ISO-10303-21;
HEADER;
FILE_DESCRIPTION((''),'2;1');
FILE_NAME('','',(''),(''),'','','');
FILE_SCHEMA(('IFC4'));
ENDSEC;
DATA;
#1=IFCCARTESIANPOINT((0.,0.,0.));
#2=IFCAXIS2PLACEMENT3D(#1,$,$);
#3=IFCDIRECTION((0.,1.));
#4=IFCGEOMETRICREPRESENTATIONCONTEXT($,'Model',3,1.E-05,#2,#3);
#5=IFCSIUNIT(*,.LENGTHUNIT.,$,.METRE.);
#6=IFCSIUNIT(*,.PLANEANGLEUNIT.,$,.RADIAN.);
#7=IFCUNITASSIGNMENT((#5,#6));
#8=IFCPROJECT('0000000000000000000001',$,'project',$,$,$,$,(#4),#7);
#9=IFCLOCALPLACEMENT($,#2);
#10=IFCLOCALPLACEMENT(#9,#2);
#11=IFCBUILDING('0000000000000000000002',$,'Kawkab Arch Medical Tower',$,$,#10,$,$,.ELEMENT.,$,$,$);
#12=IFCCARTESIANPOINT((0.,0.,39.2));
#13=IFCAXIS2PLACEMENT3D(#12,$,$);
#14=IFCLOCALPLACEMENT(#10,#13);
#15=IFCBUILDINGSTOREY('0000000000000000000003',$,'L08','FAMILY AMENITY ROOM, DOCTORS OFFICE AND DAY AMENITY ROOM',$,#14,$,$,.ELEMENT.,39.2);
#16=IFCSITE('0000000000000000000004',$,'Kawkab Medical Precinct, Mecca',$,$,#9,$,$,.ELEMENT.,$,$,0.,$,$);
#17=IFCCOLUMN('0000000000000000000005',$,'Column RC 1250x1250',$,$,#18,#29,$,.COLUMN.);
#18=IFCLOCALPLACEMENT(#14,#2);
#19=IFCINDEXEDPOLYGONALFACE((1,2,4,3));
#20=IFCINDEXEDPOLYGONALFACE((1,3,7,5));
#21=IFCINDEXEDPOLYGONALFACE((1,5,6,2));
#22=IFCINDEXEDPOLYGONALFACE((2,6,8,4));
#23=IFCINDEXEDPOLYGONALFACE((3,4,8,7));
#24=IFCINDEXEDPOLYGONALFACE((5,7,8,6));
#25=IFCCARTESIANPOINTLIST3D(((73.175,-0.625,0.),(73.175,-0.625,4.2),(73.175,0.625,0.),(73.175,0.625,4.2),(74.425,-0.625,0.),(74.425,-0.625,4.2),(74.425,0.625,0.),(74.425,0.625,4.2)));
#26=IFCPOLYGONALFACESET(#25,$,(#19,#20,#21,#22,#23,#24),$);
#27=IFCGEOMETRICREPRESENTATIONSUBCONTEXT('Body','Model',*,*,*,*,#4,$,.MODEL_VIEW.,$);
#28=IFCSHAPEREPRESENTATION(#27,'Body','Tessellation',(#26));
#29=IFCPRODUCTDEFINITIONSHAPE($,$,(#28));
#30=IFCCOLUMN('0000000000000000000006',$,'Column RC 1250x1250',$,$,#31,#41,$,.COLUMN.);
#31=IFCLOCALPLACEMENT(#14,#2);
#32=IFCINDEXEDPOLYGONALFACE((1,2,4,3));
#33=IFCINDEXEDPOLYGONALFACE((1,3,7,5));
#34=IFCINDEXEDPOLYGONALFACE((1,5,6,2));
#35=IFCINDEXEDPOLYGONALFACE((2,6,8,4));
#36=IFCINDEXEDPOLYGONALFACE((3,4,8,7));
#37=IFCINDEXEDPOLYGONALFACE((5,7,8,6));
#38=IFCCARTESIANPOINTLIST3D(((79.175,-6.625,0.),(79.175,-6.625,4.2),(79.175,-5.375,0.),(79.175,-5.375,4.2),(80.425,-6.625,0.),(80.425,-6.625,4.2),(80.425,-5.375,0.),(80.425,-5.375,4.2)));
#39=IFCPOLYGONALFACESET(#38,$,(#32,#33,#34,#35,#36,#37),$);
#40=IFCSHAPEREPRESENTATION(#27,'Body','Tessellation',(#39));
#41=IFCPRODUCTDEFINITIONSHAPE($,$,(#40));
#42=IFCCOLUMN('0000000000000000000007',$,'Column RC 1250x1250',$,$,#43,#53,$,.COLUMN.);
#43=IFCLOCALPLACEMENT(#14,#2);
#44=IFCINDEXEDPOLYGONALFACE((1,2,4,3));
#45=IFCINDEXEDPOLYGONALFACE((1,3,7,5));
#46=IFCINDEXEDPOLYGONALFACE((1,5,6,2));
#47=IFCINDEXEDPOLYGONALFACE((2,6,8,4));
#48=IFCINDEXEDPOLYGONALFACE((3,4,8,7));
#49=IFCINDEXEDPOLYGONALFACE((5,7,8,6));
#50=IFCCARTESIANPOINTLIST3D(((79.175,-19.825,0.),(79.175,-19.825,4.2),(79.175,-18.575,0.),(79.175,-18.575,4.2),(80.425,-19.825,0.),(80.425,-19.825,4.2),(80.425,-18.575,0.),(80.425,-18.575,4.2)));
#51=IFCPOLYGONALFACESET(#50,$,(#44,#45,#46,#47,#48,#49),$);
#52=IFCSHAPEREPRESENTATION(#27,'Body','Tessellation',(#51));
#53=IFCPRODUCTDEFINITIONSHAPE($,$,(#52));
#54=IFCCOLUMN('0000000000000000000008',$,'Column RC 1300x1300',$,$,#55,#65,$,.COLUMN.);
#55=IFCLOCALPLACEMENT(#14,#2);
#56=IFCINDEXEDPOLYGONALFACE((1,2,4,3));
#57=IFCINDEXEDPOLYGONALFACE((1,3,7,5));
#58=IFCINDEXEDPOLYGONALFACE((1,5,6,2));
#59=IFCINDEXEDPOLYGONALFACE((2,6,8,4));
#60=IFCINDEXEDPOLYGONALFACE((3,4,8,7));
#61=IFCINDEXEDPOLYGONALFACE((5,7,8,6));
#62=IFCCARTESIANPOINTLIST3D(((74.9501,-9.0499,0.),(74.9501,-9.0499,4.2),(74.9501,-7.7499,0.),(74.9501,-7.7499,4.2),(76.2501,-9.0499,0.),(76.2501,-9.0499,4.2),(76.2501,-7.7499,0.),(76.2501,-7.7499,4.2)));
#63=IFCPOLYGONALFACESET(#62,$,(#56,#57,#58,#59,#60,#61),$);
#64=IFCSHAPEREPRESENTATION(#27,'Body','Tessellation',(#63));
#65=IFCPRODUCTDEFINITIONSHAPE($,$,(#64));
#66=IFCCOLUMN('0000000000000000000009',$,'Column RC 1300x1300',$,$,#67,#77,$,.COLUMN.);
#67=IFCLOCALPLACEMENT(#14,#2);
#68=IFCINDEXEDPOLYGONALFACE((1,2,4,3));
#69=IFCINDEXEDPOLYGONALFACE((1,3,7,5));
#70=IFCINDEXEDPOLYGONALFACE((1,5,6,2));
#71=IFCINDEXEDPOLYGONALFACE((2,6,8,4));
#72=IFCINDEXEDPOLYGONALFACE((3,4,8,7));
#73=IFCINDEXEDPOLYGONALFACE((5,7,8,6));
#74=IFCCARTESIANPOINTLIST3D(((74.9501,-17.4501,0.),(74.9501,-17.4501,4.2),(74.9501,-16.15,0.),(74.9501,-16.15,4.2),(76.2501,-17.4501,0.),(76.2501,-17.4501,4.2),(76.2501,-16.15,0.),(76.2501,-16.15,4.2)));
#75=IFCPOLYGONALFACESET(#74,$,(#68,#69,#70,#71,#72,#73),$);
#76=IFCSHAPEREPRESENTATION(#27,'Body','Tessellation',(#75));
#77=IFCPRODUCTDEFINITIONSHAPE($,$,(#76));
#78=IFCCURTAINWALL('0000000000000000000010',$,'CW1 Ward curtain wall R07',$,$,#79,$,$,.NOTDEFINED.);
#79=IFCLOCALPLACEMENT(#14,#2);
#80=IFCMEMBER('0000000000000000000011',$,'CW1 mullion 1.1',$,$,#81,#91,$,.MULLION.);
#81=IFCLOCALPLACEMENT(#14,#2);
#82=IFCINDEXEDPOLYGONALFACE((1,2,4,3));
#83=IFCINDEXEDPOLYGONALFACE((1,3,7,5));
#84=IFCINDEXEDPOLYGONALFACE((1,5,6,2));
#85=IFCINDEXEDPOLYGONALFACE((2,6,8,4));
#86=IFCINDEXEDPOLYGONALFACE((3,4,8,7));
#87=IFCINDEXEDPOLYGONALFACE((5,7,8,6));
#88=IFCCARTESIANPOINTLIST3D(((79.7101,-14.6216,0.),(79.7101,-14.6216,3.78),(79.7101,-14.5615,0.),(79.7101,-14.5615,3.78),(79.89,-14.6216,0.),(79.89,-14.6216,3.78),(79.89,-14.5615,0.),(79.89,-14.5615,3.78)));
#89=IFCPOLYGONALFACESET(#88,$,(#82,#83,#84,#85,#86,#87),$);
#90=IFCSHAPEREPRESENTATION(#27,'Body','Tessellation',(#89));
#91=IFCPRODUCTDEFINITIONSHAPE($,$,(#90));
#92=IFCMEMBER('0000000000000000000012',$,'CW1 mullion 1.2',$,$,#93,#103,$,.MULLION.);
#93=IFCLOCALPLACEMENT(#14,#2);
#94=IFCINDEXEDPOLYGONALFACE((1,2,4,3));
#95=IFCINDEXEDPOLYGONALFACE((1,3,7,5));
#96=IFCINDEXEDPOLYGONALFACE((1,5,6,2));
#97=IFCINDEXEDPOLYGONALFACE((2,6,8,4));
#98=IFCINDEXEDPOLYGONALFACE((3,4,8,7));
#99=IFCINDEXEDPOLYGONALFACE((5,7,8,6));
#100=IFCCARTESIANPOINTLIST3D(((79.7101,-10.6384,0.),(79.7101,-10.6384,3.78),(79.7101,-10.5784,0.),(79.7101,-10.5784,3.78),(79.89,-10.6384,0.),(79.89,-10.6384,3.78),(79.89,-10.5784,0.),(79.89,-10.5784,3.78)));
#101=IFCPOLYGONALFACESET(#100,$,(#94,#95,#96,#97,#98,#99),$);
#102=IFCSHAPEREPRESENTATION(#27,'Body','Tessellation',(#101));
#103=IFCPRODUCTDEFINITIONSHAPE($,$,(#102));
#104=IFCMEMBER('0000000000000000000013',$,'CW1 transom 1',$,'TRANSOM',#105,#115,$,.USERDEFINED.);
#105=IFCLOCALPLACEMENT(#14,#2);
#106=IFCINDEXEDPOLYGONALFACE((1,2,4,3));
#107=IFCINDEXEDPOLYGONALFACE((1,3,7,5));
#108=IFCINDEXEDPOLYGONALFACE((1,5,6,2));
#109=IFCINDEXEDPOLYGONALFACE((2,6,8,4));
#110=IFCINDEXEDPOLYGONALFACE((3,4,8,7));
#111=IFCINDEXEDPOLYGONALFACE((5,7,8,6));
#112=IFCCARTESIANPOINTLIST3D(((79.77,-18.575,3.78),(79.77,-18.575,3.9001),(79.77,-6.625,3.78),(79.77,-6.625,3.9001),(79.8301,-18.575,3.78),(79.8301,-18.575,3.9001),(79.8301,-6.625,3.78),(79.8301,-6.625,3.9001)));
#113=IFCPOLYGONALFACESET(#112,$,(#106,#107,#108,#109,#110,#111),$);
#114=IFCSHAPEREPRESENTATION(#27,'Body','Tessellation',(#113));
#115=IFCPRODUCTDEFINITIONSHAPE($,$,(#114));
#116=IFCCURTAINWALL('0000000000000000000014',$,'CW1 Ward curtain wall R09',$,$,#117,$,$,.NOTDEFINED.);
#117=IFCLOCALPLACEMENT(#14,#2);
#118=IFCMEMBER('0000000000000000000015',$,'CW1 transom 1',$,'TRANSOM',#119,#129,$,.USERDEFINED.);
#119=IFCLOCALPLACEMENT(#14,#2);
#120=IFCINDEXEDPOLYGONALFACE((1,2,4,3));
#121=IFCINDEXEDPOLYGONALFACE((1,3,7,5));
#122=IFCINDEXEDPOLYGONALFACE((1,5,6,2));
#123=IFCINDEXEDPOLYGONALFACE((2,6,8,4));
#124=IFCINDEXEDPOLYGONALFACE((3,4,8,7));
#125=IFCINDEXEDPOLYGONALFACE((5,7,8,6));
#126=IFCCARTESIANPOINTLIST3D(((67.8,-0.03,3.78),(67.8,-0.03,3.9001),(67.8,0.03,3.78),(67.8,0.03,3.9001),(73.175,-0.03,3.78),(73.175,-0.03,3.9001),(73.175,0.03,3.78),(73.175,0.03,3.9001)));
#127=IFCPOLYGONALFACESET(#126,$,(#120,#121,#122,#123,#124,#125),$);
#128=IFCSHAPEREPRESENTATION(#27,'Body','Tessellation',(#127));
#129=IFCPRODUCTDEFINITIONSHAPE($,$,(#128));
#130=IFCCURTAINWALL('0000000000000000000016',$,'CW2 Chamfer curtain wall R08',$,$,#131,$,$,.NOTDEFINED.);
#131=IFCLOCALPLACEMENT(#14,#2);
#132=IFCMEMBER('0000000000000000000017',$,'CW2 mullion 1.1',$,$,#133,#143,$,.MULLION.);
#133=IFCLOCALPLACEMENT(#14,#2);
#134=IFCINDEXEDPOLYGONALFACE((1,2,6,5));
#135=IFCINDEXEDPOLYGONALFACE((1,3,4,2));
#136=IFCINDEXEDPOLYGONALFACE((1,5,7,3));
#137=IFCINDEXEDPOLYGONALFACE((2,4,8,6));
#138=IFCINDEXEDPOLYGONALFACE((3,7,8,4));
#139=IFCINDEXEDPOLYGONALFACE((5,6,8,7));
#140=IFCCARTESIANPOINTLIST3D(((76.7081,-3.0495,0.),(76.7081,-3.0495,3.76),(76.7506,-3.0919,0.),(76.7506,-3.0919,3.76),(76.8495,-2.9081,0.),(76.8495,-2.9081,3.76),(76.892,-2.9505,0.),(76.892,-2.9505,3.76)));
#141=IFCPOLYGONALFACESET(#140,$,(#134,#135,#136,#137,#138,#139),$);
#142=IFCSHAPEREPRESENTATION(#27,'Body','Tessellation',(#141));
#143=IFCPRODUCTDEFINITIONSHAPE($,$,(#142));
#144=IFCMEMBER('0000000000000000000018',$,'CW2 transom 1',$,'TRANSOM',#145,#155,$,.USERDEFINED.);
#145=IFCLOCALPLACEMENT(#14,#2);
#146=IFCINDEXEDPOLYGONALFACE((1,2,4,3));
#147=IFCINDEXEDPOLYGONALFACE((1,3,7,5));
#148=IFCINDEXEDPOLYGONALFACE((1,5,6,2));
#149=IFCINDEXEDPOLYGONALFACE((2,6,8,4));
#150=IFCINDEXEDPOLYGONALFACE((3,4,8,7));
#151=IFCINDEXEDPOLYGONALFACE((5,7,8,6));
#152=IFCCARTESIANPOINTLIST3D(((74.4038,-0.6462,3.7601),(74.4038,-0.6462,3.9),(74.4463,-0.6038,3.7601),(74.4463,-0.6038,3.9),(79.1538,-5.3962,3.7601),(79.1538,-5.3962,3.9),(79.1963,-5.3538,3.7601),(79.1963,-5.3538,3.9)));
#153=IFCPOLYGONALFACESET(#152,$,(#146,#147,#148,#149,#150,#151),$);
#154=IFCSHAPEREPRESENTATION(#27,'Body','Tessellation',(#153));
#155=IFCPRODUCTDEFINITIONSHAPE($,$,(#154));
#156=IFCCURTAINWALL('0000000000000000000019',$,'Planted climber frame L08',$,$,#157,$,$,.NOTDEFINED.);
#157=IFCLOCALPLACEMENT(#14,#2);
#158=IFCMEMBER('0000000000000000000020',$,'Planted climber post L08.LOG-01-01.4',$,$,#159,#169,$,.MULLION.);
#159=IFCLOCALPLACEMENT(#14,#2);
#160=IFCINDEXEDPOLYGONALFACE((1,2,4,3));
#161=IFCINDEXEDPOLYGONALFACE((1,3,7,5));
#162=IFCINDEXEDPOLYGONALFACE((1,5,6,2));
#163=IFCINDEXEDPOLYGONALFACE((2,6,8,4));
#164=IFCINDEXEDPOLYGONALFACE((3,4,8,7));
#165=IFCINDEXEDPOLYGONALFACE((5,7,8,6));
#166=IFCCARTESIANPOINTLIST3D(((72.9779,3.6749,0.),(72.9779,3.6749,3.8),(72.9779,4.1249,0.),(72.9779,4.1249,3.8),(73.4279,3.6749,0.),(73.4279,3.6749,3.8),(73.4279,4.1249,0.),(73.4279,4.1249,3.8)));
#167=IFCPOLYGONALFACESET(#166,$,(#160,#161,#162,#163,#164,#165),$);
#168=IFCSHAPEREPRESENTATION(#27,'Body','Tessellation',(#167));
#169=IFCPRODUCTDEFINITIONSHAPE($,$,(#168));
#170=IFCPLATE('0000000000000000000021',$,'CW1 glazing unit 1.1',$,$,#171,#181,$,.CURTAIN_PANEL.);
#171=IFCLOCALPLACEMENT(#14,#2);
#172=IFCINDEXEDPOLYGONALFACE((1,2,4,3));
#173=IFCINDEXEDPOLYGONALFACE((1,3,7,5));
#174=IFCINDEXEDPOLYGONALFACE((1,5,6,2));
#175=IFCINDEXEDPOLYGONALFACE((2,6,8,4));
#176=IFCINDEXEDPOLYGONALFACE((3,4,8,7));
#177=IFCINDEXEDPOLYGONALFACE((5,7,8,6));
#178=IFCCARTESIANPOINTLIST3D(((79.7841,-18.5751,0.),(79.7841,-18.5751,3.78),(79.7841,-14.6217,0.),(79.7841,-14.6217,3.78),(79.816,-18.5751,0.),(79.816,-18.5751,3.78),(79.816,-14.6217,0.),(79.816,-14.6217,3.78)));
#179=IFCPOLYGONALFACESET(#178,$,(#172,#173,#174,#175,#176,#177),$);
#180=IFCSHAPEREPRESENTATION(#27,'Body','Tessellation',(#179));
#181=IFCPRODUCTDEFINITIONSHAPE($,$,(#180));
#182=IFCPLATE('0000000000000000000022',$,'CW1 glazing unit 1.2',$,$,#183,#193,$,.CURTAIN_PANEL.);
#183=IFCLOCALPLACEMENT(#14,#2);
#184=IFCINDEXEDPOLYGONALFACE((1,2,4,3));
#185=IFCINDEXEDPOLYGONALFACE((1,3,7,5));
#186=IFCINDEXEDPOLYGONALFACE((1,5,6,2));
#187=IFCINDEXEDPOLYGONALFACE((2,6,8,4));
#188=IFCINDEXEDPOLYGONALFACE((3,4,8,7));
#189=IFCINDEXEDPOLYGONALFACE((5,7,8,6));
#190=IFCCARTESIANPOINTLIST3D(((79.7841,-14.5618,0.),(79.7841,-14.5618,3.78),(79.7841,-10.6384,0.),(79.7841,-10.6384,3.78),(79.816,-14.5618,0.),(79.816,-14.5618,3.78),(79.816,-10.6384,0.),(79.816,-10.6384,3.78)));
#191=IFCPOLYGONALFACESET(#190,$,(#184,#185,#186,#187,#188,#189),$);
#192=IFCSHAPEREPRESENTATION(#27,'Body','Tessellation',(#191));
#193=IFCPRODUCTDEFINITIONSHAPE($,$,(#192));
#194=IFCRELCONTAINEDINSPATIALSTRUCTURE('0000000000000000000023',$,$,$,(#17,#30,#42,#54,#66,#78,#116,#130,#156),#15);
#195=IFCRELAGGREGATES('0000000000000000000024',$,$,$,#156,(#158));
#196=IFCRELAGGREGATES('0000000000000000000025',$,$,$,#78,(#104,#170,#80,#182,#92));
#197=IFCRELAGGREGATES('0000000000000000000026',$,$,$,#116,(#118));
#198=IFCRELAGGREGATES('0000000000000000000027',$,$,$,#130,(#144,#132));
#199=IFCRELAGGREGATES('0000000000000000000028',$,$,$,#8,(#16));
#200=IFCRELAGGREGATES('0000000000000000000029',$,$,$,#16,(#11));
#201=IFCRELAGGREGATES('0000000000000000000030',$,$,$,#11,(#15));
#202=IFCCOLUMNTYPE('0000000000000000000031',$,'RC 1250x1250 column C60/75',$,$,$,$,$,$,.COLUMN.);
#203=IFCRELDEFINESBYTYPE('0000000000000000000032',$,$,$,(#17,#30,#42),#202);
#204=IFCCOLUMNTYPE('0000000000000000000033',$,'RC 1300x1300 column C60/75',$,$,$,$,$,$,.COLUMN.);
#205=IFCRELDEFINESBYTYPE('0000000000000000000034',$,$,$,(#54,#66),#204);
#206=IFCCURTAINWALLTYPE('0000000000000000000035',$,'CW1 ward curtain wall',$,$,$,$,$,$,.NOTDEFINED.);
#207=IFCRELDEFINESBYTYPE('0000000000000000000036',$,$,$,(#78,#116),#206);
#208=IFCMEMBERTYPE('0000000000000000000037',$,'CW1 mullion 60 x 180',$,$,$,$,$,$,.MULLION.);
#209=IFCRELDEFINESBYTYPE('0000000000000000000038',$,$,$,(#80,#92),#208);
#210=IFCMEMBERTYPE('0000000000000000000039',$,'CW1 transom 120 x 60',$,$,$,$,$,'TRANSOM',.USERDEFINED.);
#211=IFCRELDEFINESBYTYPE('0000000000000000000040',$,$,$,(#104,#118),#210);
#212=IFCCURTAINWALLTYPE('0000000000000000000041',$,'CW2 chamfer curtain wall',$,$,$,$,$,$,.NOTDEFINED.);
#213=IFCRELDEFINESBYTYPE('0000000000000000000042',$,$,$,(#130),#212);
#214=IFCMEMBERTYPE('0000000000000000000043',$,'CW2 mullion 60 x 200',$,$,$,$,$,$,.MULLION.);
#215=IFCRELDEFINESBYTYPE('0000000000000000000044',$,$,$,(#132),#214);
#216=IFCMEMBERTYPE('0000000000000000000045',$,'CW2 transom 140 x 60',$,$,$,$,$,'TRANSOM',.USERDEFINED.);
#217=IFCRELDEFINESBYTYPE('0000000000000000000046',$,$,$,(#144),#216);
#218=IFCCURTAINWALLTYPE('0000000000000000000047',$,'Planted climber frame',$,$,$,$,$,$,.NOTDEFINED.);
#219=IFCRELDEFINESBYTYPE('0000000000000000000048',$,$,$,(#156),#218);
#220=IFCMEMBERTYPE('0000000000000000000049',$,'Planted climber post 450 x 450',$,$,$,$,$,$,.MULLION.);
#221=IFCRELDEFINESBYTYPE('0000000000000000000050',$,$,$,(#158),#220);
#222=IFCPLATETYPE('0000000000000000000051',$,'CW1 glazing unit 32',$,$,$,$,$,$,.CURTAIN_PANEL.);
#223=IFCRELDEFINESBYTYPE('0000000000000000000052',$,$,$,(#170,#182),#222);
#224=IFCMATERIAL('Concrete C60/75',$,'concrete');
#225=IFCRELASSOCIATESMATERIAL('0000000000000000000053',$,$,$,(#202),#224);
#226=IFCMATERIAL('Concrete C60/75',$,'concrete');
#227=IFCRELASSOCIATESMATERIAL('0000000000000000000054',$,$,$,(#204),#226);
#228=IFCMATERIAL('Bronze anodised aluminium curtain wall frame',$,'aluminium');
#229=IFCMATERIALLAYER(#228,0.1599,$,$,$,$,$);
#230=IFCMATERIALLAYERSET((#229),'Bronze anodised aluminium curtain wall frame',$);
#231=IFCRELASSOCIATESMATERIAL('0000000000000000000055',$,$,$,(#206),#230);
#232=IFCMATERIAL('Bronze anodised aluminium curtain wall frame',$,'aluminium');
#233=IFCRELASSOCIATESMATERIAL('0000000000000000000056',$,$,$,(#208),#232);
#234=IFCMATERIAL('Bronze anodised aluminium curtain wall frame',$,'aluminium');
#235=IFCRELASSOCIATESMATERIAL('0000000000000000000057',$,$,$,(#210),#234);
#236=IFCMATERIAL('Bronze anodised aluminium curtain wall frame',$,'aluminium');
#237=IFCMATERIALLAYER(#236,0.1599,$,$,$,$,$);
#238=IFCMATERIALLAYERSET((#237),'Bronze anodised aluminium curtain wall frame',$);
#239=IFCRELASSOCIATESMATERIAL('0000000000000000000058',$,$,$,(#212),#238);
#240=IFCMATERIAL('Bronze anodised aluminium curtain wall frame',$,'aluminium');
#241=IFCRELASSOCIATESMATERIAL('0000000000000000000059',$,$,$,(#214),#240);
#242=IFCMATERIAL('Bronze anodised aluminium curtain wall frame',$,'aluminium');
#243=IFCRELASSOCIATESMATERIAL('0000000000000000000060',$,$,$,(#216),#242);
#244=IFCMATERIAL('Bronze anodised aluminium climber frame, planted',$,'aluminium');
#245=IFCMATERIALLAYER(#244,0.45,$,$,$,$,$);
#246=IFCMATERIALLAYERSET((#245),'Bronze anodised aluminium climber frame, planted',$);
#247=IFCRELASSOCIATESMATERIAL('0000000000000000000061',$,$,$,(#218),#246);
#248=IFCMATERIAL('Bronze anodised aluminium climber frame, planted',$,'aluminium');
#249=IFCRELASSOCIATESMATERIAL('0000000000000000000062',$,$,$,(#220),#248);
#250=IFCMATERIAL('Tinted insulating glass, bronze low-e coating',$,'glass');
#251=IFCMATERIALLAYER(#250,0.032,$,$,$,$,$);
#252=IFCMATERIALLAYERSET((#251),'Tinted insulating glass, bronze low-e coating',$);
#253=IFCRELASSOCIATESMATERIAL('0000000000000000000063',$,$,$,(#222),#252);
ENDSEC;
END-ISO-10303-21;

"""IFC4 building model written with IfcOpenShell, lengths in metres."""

from ifc_helpers import new_model, si_unit, direction, frame, origin, origin_2d, place, context, subcontext, project, spatial, rectangle, extrude, material, layer, layer_set, material_profile, profile_set, type_object, element, aggregate, save


model = new_model("IFC4")

# Units and contexts
model_context = context("Model", 3, precision=1e-05, world=origin(), true_north=direction((0.0, 1.0)))
body_context = subcontext(model_context, "Body", "Model", "MODEL_VIEW")
ifc_project = project(units=[si_unit("LENGTHUNIT", "METRE"), si_unit("PLANEANGLEUNIT", "RADIAN")], contexts=[model_context])

# Site, building, storey
site_placement = place(None, origin())
site = spatial("IfcSite", under=ifc_project, at=site_placement, Name="Kawkab Medical Precinct, Mecca", CompositionType="ELEMENT", RefElevation=0.0)
building_placement = place(site_placement, origin())
building = spatial("IfcBuilding", under=site, at=building_placement, Name="Kawkab Arch Medical Tower", CompositionType="ELEMENT")
storey_placement = place(building_placement, frame((0.0, 0.0, 39.2)))
storey = spatial("IfcBuildingStorey", under=building, at=storey_placement, Name="L08", Description="FAMILY AMENITY ROOM, DOCTORS OFFICE AND DAY AMENITY ROOM", CompositionType="ELEMENT", Elevation=39.2)

# Columns
ifc_material_1 = material(Name="Concrete C60/75", Category="concrete")
ifc_material_profile_1 = material_profile(ifc_material_1, rectangle(XDim=1.25, YDim=1.25, at=origin_2d()), Name="RC 1250x1250")
ifc_profile_set_1 = profile_set([ifc_material_profile_1], Name="Concrete C60/75")
column_type_1 = type_object("IfcColumnType", Name="RC 1250x1250 column C60/75", PredefinedType="COLUMN", material=ifc_profile_set_1)
for number, where, z_axis, x_axis, name in (
    (1, (73.8, 0.0, 0.0), (0.0, 0.0, 1.0), (1.0, 0.0, 0.0), "Column RC 1250x1250"),
    (2, (79.8, -6.0, 0.0), (0.0, 0.0, 1.0), (1.0, 0.0, 0.0), "Column RC 1250x1250"),
    (3, (79.8, -19.2, 0.0), (0.0, 0.0, 1.0), (1.0, 0.0, 0.0), "Column RC 1250x1250"),
):
    element("IfcColumn", number, at=place(storey_placement, frame(where, z_axis=z_axis, x_axis=x_axis)), inside=storey, type_object=column_type_1, Name=name, PredefinedType="COLUMN", context=body_context, shape_type="SweptSolid", body=[
        extrude(rectangle(XDim=1.25, YDim=1.25, at=origin_2d()), origin(), (0.0, 0.0, 1.0), 4.2),
    ])
ifc_material_2 = material(Name="Concrete C60/75", Category="concrete")
ifc_material_profile_2 = material_profile(ifc_material_2, rectangle(XDim=1.3, YDim=1.3, at=origin_2d()), Name="RC 1300x1300")
ifc_profile_set_2 = profile_set([ifc_material_profile_2], Name="Concrete C60/75")
column_type_2 = type_object("IfcColumnType", Name="RC 1300x1300 column C60/75", PredefinedType="COLUMN", material=ifc_profile_set_2)
for number, where, z_axis, x_axis, name in (
    (4, (75.6001, -8.3999, 0.0), (0.0, 0.0, 1.0), (1.0, 0.0, 0.0), "Column RC 1300x1300"),
    (5, (75.6001, -16.8, 0.0), (0.0, 0.0, 1.0), (1.0, 0.0, 0.0), "Column RC 1300x1300"),
):
    element("IfcColumn", number, at=place(storey_placement, frame(where, z_axis=z_axis, x_axis=x_axis)), inside=storey, type_object=column_type_2, Name=name, PredefinedType="COLUMN", context=body_context, shape_type="SweptSolid", body=[
        extrude(rectangle(XDim=1.3, YDim=1.3, at=origin_2d()), origin(), (0.0, 0.0, 1.0), 4.2),
    ])

# Curtain wall, members
ifc_material_3 = material(Name="Bronze anodised aluminium curtain wall frame", Category="aluminium")
ifc_layer_1 = layer(ifc_material_3, 0.1599)
ifc_layer_set_1 = layer_set([ifc_layer_1], Name="Bronze anodised aluminium curtain wall frame")
curtain_wall_type_1 = type_object("IfcCurtainWallType", Name="CW1 ward curtain wall", PredefinedType="NOTDEFINED", material=ifc_layer_set_1)
placement = place(storey_placement, origin())
curtain_wall_1 = element("IfcCurtainWall", 6, at=placement, inside=storey, type_object=curtain_wall_type_1, Name="CW1 Ward curtain wall R07", PredefinedType="NOTDEFINED")
ifc_material_4 = material(Name="Bronze anodised aluminium curtain wall frame", Category="aluminium")
ifc_material_profile_3 = material_profile(ifc_material_4, rectangle(XDim=0.1799, YDim=0.0601, at=origin_2d()), Name="AL 60x180")
ifc_profile_set_3 = profile_set([ifc_material_profile_3], Name="Bronze anodised aluminium curtain wall frame")
member_type_1 = type_object("IfcMemberType", Name="CW1 mullion 60 x 180", PredefinedType="MULLION", material=ifc_profile_set_3)
member_1_placement = place(storey_placement, frame((79.8, -14.5916, 0.0), z_axis=(0.0, 0.0, 1.0), x_axis=(-1.0, 0.0, 0.0)))
member_1 = element("IfcMember", 7, at=member_1_placement, type_object=member_type_1, Name="CW1 mullion 1.1", PredefinedType="MULLION", context=body_context, shape_type="SweptSolid", body=[
    extrude(rectangle(XDim=0.1799, YDim=0.0601, at=origin_2d()), origin(), (0.0, 0.0, 1.0), 3.78),
])
member_2_placement = place(storey_placement, frame((79.8, -10.6084, 0.0), z_axis=(0.0, 0.0, 1.0), x_axis=(-1.0, 0.0, 0.0)))
member_2 = element("IfcMember", 8, at=member_2_placement, type_object=member_type_1, Name="CW1 mullion 1.2", PredefinedType="MULLION", context=body_context, shape_type="SweptSolid", body=[
    extrude(rectangle(XDim=0.1799, YDim=0.0601, at=origin_2d()), origin(), (0.0, 0.0, 1.0), 3.78),
])
ifc_material_5 = material(Name="Bronze anodised aluminium curtain wall frame", Category="aluminium")
ifc_material_profile_4 = material_profile(ifc_material_5, rectangle(XDim=0.0601, YDim=0.1201, at=origin_2d()), Name="AL 60x120")
ifc_profile_set_4 = profile_set([ifc_material_profile_4], Name="Bronze anodised aluminium curtain wall frame")
member_type_2 = type_object("IfcMemberType", Name="CW1 transom 120 x 60", ElementType="TRANSOM", PredefinedType="USERDEFINED", material=ifc_profile_set_4)
member_3_placement = place(storey_placement, frame((79.8, -18.575, 3.8401), z_axis=(0.0, 1.0, 0.0), x_axis=(-1.0, 0.0, 0.0)))
member_3 = element("IfcMember", 9, at=member_3_placement, type_object=member_type_2, Name="CW1 transom 1", ObjectType="TRANSOM", PredefinedType="USERDEFINED", context=body_context, shape_type="SweptSolid", body=[
    extrude(rectangle(XDim=0.0601, YDim=0.1201, at=origin_2d()), origin(), (0.0, 0.0, 1.0), 11.95),
])

# Curtain wall, member
curtain_wall_2 = element("IfcCurtainWall", 10, at=placement, inside=storey, type_object=curtain_wall_type_1, Name="CW1 Ward curtain wall R09", PredefinedType="NOTDEFINED")
member_4_placement = place(storey_placement, frame((73.175, 0.0, 3.8401), z_axis=(-1.0, 0.0, 0.0), x_axis=(0.0, -1.0, 0.0)))
member_4 = element("IfcMember", 11, at=member_4_placement, type_object=member_type_2, Name="CW1 transom 1", ObjectType="TRANSOM", PredefinedType="USERDEFINED", context=body_context, shape_type="SweptSolid", body=[
    extrude(rectangle(XDim=0.0601, YDim=0.1201, at=origin_2d()), origin(), (0.0, 0.0, 1.0), 5.375),
])

# Curtain wall, members
ifc_material_6 = material(Name="Bronze anodised aluminium curtain wall frame", Category="aluminium")
ifc_layer_2 = layer(ifc_material_6, 0.1599)
ifc_layer_set_2 = layer_set([ifc_layer_2], Name="Bronze anodised aluminium curtain wall frame")
curtain_wall_type_2 = type_object("IfcCurtainWallType", Name="CW2 chamfer curtain wall", PredefinedType="NOTDEFINED", material=ifc_layer_set_2)
curtain_wall_3 = element("IfcCurtainWall", 12, at=placement, inside=storey, type_object=curtain_wall_type_2, Name="CW2 Chamfer curtain wall R08", PredefinedType="NOTDEFINED")
ifc_material_7 = material(Name="Bronze anodised aluminium curtain wall frame", Category="aluminium")
ifc_material_profile_5 = material_profile(ifc_material_7, rectangle(XDim=0.2, YDim=0.0601, at=origin_2d()), Name="AL 60x200")
ifc_profile_set_5 = profile_set([ifc_material_profile_5], Name="Bronze anodised aluminium curtain wall frame")
member_type_3 = type_object("IfcMemberType", Name="CW2 mullion 60 x 200", PredefinedType="MULLION", material=ifc_profile_set_5)
member_5_placement = place(storey_placement, frame((76.8, -3.0, 0.0), z_axis=(0.0, 0.0, 1.0), x_axis=(-0.707107, -0.707107, 0.0)))
member_5 = element("IfcMember", 13, at=member_5_placement, type_object=member_type_3, Name="CW2 mullion 1.1", PredefinedType="MULLION", context=body_context, shape_type="SweptSolid", body=[
    extrude(rectangle(XDim=0.2, YDim=0.0601, at=origin_2d()), origin(), (0.0, 0.0, 1.0), 3.76),
])
ifc_material_8 = material(Name="Bronze anodised aluminium curtain wall frame", Category="aluminium")
ifc_material_profile_6 = material_profile(ifc_material_8, rectangle(XDim=0.0601, YDim=0.1399, at=origin_2d()), Name="AL 60x140")
ifc_profile_set_6 = profile_set([ifc_material_profile_6], Name="Bronze anodised aluminium curtain wall frame")
member_type_4 = type_object("IfcMemberType", Name="CW2 transom 140 x 60", ElementType="TRANSOM", PredefinedType="USERDEFINED", material=ifc_profile_set_6)
member_6_placement = place(storey_placement, frame((79.175, -5.375, 3.8301), z_axis=(-0.707107, 0.707107, 0.0), x_axis=(-0.707107, -0.707107, 0.0)))
member_6 = element("IfcMember", 14, at=member_6_placement, type_object=member_type_4, Name="CW2 transom 1", ObjectType="TRANSOM", PredefinedType="USERDEFINED", context=body_context, shape_type="SweptSolid", body=[
    extrude(rectangle(XDim=0.0601, YDim=0.1399, at=origin_2d()), origin(), (0.0, 0.0, 1.0), 6.7175),
])

# Curtain wall, member
ifc_material_9 = material(Name="Bronze anodised aluminium climber frame, planted", Category="aluminium")
ifc_layer_3 = layer(ifc_material_9, 0.45)
ifc_layer_set_3 = layer_set([ifc_layer_3], Name="Bronze anodised aluminium climber frame, planted")
curtain_wall_type_3 = type_object("IfcCurtainWallType", Name="Planted climber frame", PredefinedType="NOTDEFINED", material=ifc_layer_set_3)
curtain_wall_4 = element("IfcCurtainWall", 15, at=placement, inside=storey, type_object=curtain_wall_type_3, Name="Planted climber frame L08", PredefinedType="NOTDEFINED")
ifc_material_10 = material(Name="Bronze anodised aluminium climber frame, planted", Category="aluminium")
ifc_material_profile_7 = material_profile(ifc_material_10, rectangle(XDim=0.45, YDim=0.45, at=origin_2d()), Name="Post 450x450")
ifc_profile_set_7 = profile_set([ifc_material_profile_7], Name="Bronze anodised aluminium climber frame, planted")
member_type_5 = type_object("IfcMemberType", Name="Planted climber post 450 x 450", PredefinedType="MULLION", material=ifc_profile_set_7)
member_7_placement = place(storey_placement, frame((73.2029, 3.8999, 0.0), z_axis=(0.0, 0.0, 1.0), x_axis=(1.0, 0.0, 0.0)))
member_7 = element("IfcMember", 16, at=member_7_placement, type_object=member_type_5, Name="Planted climber post L08.LOG-01-01.4", PredefinedType="MULLION", context=body_context, shape_type="SweptSolid", body=[
    extrude(rectangle(XDim=0.45, YDim=0.45, at=origin_2d()), origin(), (0.0, 0.0, 1.0), 3.8),
])
aggregate(curtain_wall_4, [member_7])

# Plates
ifc_material_11 = material(Name="Tinted insulating glass, bronze low-e coating", Category="glass")
ifc_layer_4 = layer(ifc_material_11, 0.032)
ifc_layer_set_4 = layer_set([ifc_layer_4], Name="Tinted insulating glass, bronze low-e coating")
plate_type_1 = type_object("IfcPlateType", Name="CW1 glazing unit 32", PredefinedType="CURTAIN_PANEL", material=ifc_layer_set_4)
plate_1_placement = place(storey_placement, frame((79.8, -16.5984, 0.0), z_axis=(0.0, 0.0, 1.0), x_axis=(0.0, 1.0, 0.0)))
plate_1 = element("IfcPlate", 17, at=plate_1_placement, type_object=plate_type_1, Name="CW1 glazing unit 1.1", PredefinedType="CURTAIN_PANEL", context=body_context, shape_type="SweptSolid", body=[
    extrude(rectangle(XDim=3.9534, YDim=0.032, at=origin_2d()), origin(), (0.0, 0.0, 1.0), 3.78),
])
plate_2_placement = place(storey_placement, frame((79.8, -12.6001, 0.0), z_axis=(0.0, 0.0, 1.0), x_axis=(0.0, 1.0, 0.0)))
plate_2 = element("IfcPlate", 18, at=plate_2_placement, type_object=plate_type_1, Name="CW1 glazing unit 1.2", PredefinedType="CURTAIN_PANEL", context=body_context, shape_type="SweptSolid", body=[
    extrude(rectangle(XDim=3.9233, YDim=0.032, at=origin_2d()), origin(), (0.0, 0.0, 1.0), 3.78),
])
aggregate(curtain_wall_1, [member_3, plate_1, member_1, plate_2, member_2])
aggregate(curtain_wall_2, [member_4])
aggregate(curtain_wall_3, [member_6, member_5])

save(model, "model.ifc")
